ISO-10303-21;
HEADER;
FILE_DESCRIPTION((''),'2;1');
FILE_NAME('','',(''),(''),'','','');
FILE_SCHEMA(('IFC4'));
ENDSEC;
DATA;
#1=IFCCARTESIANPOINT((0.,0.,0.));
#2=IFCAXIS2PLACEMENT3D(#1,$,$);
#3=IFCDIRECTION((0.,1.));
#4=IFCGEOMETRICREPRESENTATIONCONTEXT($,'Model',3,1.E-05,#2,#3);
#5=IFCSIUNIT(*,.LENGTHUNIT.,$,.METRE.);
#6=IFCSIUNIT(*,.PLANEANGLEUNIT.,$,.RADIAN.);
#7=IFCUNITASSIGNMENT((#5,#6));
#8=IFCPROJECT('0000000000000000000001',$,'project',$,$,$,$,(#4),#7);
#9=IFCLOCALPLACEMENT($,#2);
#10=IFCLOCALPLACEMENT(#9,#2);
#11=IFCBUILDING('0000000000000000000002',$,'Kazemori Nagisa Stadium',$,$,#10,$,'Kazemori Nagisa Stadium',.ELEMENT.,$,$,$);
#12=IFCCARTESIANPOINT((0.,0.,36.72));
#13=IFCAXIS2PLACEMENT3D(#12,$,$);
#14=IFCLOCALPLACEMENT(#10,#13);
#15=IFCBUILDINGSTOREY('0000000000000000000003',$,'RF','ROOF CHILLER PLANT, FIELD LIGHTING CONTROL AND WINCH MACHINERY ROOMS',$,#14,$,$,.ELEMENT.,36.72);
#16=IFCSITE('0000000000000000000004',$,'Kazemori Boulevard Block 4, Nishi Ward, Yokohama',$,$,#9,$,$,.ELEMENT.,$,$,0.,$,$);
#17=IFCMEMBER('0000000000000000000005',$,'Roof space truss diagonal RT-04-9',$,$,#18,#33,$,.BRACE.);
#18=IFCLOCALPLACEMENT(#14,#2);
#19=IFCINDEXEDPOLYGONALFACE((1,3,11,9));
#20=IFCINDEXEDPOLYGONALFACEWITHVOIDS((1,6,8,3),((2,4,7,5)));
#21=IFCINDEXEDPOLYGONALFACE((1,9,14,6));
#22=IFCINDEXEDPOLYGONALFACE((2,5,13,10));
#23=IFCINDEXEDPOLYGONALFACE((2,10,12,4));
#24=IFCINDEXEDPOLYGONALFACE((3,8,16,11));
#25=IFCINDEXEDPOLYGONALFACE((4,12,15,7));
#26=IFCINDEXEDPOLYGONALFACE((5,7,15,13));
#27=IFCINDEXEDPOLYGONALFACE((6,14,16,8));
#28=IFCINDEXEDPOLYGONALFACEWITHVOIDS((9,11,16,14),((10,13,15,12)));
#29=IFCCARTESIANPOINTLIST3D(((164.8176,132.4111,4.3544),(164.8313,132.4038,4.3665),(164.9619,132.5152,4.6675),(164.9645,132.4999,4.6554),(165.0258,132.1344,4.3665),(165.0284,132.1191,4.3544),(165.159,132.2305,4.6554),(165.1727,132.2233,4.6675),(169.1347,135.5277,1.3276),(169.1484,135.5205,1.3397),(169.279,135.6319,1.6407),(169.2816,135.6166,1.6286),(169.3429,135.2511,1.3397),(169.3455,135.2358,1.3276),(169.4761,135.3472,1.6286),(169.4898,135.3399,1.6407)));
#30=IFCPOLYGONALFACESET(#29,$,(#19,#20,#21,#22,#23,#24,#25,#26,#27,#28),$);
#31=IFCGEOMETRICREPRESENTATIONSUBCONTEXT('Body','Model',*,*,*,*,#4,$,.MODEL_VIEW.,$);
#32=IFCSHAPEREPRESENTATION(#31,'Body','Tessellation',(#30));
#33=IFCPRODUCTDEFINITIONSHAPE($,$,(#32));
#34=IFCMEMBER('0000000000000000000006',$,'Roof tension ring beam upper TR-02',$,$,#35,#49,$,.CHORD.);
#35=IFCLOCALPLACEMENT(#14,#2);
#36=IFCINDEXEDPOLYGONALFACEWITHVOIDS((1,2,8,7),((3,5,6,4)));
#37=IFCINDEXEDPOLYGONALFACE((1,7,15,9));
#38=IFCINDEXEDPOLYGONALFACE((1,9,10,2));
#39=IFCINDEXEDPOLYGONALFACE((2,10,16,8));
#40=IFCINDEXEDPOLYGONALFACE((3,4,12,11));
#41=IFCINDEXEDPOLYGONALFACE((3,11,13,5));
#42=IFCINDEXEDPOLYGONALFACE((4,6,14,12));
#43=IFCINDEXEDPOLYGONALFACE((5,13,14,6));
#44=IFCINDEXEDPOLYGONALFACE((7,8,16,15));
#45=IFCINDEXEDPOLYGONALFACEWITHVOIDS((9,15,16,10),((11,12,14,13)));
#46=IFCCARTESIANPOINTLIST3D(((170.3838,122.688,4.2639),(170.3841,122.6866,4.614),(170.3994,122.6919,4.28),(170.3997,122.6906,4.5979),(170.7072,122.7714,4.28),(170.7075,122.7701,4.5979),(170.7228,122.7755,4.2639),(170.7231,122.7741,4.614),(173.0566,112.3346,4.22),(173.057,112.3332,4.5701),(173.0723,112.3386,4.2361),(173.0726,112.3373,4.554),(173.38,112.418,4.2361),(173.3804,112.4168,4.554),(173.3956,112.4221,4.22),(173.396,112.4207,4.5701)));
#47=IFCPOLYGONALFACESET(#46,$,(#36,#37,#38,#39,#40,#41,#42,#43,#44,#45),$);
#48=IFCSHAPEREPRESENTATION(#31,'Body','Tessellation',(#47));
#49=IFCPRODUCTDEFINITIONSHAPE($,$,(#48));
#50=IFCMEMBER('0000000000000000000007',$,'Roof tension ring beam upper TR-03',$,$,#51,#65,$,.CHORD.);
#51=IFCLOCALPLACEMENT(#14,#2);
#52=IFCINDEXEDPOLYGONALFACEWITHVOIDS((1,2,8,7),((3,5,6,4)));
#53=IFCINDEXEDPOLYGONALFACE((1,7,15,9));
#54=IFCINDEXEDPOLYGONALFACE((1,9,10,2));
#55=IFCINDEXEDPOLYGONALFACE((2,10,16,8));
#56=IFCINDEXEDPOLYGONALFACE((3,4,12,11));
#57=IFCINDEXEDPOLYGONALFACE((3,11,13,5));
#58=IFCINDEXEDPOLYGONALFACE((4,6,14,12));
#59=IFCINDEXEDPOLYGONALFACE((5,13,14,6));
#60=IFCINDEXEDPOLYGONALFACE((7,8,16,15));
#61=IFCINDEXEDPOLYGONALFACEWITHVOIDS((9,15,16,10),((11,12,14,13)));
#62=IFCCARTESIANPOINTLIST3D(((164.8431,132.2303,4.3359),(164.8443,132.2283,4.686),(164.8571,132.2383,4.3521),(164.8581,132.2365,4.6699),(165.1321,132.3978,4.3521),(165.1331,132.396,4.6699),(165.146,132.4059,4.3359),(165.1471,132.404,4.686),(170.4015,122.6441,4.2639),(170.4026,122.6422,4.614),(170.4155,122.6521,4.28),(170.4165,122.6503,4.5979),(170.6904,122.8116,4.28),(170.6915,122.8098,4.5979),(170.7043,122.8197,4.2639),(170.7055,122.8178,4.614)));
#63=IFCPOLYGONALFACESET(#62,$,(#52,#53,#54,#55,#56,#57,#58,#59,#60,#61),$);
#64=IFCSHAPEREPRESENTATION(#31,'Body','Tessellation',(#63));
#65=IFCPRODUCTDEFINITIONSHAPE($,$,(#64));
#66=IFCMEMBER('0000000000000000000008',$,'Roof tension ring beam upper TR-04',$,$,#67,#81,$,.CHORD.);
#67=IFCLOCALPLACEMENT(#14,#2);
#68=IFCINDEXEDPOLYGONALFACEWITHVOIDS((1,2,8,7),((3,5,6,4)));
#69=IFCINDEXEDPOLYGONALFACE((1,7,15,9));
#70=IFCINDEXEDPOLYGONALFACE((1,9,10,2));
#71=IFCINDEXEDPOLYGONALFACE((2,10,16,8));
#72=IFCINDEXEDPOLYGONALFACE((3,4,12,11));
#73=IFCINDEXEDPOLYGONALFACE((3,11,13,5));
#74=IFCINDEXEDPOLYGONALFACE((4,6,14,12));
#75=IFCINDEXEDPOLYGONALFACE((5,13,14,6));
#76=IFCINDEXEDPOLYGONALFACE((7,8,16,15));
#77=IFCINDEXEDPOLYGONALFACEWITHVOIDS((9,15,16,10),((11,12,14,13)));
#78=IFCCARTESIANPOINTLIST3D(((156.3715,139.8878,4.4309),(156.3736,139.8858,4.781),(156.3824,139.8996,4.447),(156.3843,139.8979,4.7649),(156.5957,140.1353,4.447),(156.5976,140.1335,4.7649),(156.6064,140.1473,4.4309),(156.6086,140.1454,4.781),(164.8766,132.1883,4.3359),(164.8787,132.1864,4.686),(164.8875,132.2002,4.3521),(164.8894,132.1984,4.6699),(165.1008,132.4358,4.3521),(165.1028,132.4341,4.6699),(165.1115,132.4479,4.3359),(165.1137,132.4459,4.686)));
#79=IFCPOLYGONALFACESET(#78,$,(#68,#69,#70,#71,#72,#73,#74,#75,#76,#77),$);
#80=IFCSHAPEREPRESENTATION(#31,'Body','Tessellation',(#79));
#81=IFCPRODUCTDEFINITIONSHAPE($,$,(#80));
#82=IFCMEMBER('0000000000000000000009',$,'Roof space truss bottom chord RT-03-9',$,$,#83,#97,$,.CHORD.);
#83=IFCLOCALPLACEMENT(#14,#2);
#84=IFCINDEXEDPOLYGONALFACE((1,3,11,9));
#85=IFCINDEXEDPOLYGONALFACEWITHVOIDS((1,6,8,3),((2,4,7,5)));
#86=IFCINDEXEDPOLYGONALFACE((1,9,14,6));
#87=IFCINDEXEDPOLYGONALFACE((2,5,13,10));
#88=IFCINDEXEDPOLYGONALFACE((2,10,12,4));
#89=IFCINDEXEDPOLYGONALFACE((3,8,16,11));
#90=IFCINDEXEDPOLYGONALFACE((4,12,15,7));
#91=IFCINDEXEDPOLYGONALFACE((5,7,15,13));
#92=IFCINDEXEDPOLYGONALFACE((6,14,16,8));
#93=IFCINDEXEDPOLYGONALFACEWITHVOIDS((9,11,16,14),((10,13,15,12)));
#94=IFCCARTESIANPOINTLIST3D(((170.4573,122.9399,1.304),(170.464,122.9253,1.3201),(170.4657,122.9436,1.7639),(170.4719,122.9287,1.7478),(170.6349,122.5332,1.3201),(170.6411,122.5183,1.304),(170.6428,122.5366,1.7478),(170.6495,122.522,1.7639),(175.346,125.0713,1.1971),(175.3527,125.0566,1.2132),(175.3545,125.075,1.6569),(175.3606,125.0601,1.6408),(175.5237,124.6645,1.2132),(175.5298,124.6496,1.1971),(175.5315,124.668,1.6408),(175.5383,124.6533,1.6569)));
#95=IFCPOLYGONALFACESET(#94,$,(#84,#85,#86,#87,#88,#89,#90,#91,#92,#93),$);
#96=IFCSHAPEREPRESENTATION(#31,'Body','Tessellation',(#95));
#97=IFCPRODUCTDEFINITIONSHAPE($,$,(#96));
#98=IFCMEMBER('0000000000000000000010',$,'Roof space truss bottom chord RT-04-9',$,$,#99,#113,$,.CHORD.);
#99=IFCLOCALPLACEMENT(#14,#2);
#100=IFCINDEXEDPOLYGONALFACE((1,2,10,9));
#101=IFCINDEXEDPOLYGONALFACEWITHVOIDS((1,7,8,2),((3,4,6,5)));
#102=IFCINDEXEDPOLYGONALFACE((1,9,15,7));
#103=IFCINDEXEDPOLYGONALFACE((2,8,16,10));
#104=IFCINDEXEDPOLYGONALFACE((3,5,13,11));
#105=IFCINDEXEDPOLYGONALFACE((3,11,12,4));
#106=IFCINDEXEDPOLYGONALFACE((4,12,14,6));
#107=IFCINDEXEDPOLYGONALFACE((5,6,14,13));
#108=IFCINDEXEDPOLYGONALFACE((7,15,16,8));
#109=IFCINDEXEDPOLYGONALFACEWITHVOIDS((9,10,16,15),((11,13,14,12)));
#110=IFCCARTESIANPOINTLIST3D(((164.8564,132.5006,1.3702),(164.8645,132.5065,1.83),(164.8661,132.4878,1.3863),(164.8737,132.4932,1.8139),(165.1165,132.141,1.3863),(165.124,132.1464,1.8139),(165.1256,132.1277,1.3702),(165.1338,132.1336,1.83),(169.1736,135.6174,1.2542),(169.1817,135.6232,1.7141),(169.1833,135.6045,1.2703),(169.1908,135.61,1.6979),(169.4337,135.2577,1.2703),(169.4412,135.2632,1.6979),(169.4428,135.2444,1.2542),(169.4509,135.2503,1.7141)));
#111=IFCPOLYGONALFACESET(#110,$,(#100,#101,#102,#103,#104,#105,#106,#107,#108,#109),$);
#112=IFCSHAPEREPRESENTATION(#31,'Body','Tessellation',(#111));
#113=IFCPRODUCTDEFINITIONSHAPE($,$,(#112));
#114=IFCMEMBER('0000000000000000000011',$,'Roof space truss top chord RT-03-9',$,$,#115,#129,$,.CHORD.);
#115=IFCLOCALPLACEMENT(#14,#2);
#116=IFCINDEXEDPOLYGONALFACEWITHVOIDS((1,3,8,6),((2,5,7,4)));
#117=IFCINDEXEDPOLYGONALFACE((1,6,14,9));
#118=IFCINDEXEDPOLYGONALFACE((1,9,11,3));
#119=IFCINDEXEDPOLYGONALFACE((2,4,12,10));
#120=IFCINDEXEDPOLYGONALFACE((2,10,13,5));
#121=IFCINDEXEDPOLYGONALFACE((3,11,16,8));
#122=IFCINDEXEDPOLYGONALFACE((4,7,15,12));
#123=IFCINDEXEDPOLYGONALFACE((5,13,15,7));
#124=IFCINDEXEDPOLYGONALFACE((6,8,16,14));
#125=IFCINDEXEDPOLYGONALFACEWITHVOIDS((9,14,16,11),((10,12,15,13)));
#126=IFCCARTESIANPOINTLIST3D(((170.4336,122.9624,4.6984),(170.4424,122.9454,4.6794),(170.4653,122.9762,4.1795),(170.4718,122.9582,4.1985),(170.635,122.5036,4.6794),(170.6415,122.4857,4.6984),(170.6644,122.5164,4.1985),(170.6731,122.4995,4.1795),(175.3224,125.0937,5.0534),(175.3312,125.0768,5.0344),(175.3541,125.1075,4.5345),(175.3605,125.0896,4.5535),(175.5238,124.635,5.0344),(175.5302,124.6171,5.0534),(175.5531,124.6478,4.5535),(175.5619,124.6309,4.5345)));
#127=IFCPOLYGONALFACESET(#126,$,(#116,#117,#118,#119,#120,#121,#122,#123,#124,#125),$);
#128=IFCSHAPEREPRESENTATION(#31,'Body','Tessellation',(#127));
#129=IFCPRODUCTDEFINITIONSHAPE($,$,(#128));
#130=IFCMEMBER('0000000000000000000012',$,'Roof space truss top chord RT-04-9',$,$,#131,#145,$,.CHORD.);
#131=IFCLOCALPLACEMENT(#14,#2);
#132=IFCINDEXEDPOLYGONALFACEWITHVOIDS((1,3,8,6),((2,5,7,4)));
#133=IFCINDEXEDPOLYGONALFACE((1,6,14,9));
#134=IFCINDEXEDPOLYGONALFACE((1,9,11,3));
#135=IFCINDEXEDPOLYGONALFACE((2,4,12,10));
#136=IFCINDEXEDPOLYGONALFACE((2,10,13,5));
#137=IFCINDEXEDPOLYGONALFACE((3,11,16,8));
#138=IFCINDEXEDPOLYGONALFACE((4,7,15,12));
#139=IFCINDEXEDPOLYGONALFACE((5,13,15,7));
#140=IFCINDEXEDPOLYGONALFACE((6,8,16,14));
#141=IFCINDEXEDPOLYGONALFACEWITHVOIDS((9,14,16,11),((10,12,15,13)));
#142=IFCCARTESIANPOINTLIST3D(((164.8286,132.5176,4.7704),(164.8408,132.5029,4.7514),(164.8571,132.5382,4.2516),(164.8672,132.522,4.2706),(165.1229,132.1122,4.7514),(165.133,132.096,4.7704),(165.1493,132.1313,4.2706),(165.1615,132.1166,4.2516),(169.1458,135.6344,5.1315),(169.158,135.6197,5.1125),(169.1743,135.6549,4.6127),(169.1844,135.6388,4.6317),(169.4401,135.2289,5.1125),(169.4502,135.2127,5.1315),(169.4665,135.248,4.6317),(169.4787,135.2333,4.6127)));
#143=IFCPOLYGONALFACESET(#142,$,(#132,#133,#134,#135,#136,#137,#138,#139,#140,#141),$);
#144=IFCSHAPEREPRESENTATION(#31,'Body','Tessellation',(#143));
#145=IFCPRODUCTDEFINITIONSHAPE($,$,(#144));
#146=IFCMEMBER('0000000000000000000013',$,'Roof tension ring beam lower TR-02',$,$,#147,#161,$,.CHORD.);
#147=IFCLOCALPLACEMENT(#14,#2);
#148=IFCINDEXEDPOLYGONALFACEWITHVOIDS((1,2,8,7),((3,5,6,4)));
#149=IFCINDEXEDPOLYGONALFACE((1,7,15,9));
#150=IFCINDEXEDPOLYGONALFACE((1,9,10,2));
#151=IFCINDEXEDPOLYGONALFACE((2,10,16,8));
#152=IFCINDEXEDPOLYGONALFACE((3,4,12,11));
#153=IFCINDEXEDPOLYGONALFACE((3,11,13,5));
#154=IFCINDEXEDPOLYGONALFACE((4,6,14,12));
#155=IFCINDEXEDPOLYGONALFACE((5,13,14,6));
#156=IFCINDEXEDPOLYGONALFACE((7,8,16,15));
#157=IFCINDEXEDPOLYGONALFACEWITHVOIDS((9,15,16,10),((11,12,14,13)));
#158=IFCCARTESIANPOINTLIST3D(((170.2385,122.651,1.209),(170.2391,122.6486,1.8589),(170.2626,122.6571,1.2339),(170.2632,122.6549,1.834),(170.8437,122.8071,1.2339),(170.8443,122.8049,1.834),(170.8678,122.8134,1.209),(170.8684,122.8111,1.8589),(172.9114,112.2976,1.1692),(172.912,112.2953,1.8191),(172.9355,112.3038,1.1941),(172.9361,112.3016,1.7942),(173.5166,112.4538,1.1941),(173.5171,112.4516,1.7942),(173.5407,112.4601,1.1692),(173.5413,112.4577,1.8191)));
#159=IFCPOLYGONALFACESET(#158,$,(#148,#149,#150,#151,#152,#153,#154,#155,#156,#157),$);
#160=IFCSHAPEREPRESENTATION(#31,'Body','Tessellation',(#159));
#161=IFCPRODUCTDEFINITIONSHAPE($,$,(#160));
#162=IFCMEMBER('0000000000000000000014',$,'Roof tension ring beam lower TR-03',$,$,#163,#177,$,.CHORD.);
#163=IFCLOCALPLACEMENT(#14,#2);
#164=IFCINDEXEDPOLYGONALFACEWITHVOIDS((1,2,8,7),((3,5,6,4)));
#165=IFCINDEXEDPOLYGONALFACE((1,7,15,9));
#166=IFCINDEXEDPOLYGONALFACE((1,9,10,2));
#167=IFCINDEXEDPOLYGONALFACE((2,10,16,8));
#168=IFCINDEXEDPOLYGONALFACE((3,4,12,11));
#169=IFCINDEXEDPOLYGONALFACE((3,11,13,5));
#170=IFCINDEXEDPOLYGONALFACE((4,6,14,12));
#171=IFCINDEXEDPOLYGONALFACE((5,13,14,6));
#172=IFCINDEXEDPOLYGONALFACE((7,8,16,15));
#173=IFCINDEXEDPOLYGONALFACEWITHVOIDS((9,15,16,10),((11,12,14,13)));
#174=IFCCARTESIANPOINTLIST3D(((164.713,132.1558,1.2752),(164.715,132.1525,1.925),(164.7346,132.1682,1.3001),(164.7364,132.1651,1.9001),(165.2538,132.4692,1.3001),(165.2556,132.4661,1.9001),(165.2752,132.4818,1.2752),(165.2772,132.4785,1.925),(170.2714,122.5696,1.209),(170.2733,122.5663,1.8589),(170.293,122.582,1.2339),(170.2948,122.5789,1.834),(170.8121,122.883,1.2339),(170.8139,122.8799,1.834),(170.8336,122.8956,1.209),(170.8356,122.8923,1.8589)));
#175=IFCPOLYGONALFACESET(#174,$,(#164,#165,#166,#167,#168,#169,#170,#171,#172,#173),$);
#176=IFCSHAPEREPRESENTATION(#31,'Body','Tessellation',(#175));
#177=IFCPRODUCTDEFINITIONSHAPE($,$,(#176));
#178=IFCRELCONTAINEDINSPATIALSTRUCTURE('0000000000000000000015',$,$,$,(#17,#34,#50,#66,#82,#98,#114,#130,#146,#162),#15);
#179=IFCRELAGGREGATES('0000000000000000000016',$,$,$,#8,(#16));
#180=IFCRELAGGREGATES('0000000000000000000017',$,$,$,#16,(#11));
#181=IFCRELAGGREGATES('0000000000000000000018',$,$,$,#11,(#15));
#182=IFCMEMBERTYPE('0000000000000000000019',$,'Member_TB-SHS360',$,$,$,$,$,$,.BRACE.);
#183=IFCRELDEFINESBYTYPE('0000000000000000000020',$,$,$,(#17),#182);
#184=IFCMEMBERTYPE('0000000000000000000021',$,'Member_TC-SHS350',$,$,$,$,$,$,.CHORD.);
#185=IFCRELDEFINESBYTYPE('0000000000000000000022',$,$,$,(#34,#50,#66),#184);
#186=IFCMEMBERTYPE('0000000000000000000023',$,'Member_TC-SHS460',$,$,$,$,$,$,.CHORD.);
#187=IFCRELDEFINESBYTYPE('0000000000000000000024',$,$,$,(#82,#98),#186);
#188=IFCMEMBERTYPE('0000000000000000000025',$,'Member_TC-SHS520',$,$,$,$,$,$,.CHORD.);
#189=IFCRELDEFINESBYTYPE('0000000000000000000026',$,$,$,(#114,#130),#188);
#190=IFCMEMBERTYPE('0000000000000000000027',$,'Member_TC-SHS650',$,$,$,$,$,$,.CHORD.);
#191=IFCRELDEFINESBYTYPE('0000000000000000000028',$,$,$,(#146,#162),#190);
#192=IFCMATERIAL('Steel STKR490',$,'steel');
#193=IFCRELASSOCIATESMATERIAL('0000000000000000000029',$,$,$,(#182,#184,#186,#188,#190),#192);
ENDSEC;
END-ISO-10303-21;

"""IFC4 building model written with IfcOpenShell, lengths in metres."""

from ifc_helpers import new_model, si_unit, direction, frame, origin, origin_2d, place, context, subcontext, project, spatial, hollow_rectangle, extrude, material, material_profile, profile_set, type_object, element, save


model = new_model("IFC4")

# Units and contexts
model_context = context("Model", 3, precision=1e-05, world=origin(), true_north=direction((0.0, 1.0)))
body_context = subcontext(model_context, "Body", "Model", "MODEL_VIEW")
ifc_project = project(units=[si_unit("LENGTHUNIT", "METRE"), si_unit("PLANEANGLEUNIT", "RADIAN")], contexts=[model_context])

# Site, building, storey
site_placement = place(None, origin())
site = spatial("IfcSite", under=ifc_project, at=site_placement, Name="Kazemori Boulevard Block 4, Nishi Ward, Yokohama", CompositionType="ELEMENT", RefElevation=0.0)
building_placement = place(site_placement, origin())
building = spatial("IfcBuilding", under=site, at=building_placement, Name="Kazemori Nagisa Stadium", LongName="Kazemori Nagisa Stadium", CompositionType="ELEMENT")
storey_placement = place(building_placement, frame((0.0, 0.0, 36.72)))
storey = spatial("IfcBuildingStorey", under=building, at=storey_placement, Name="RF", Description="ROOF CHILLER PLANT, FIELD LIGHTING CONTROL AND WINCH MACHINERY ROOMS", CompositionType="ELEMENT", Elevation=36.72)

# Members
ifc_material = material(Name="Steel STKR490", Category="steel")
ifc_material_profile_1 = material_profile(ifc_material, hollow_rectangle(XDim=0.3601, YDim=0.3601, WallThickness=0.0139, at=origin_2d()), Name="SHS-360x360x14")
ifc_profile_set_1 = profile_set([ifc_material_profile_1], Name="Steel STKR490")
member_type_1 = type_object("IfcMemberType", Name="Member_TB-SHS360", PredefinedType="BRACE", material=ifc_profile_set_1)
for number, where, z_axis, x_axis, name in (
    (1, (169.3123, 135.4338, 1.4841), (-0.70486, -0.508864, 0.494195), (0.585338, -0.810789, 0.0), "Roof space truss diagonal RT-04-9"),
):
    element("IfcMember", number, at=place(storey_placement, frame(where, z_axis=z_axis, x_axis=x_axis)), inside=storey, type_object=member_type_1, Name=name, PredefinedType="BRACE", context=body_context, shape_type="SweptSolid", body=[
        extrude(hollow_rectangle(XDim=0.3601, YDim=0.3601, WallThickness=0.0139, at=origin_2d()), origin(), (0.0, 0.0, 1.0), 6.1248),
    ])
ifc_material_profile_2 = material_profile(ifc_material, hollow_rectangle(XDim=0.3501, YDim=0.3501, WallThickness=0.0161, at=origin_2d()), Name="SHS-350x350x16")
ifc_profile_set_2 = profile_set([ifc_material_profile_2], Name="Steel STKR490")
member_type_2 = type_object("IfcMemberType", Name="Member_TC-SHS350", PredefinedType="CHORD", material=ifc_profile_set_2)
member_1_placement = place(storey_placement, frame((173.2263, 112.3777, 4.395), z_axis=(-0.249967, 0.968246, 0.00411), x_axis=(-0.968254, -0.249969, 0.0)))
element("IfcMember", 2, at=member_1_placement, inside=storey, type_object=member_type_2, Name="Roof tension ring beam upper TR-02", PredefinedType="CHORD", context=body_context, shape_type="SweptSolid", body=[
    extrude(hollow_rectangle(XDim=0.3501, YDim=0.3501, WallThickness=0.0161, at=origin_2d()), origin(), (0.0, 0.0, 1.0), 10.6929),
])
member_2_placement = place(storey_placement, frame((170.5535, 122.731, 4.439), z_axis=(-0.501597, 0.865077, 0.006499), x_axis=(-0.865095, -0.501608, 0.0)))
element("IfcMember", 3, at=member_2_placement, inside=storey, type_object=member_type_2, Name="Roof tension ring beam upper TR-03", PredefinedType="CHORD", context=body_context, shape_type="SweptSolid", body=[
    extrude(hollow_rectangle(XDim=0.3501, YDim=0.3501, WallThickness=0.0161, at=origin_2d()), origin(), (0.0, 0.0, 1.0), 11.0813),
])
member_3_placement = place(storey_placement, frame((164.9951, 132.3171, 4.511), z_axis=(-0.741322, 0.671099, 0.008278), x_axis=(-0.671122, -0.741347, 0.0)))
element("IfcMember", 4, at=member_3_placement, inside=storey, type_object=member_type_2, Name="Roof tension ring beam upper TR-04", PredefinedType="CHORD", context=body_context, shape_type="SweptSolid", body=[
    extrude(hollow_rectangle(XDim=0.3501, YDim=0.3501, WallThickness=0.0161, at=origin_2d()), origin(), (0.0, 0.0, 1.0), 11.4729),
])
ifc_material_profile_3 = material_profile(ifc_material, hollow_rectangle(XDim=0.46, YDim=0.46, WallThickness=0.0161, at=origin_2d()), Name="SHS-460x460x16")
ifc_profile_set_3 = profile_set([ifc_material_profile_3], Name="Steel STKR490")
member_type_3 = type_object("IfcMemberType", Name="Member_TC-SHS460", PredefinedType="CHORD", material=ifc_profile_set_3)
member_4_placement = place(storey_placement, frame((175.4421, 124.8623, 1.427), z_axis=(-0.916485, -0.399566, 0.020047), x_axis=(0.399647, -0.916669, 0.0)))
element("IfcMember", 5, at=member_4_placement, inside=storey, type_object=member_type_3, Name="Roof space truss bottom chord RT-03-9", PredefinedType="CHORD", context=body_context, shape_type="SweptSolid", body=[
    extrude(hollow_rectangle(XDim=0.46, YDim=0.46, WallThickness=0.0161, at=origin_2d()), origin(), (0.0, 0.0, 1.0), 5.3342),
])
member_5_placement = place(storey_placement, frame((169.3123, 135.4338, 1.4841), z_axis=(-0.810597, -0.585199, 0.021774), x_axis=(0.585338, -0.810789, 0.0)))
element("IfcMember", 6, at=member_5_placement, inside=storey, type_object=member_type_3, Name="Roof space truss bottom chord RT-04-9", PredefinedType="CHORD", context=body_context, shape_type="SweptSolid", body=[
    extrude(hollow_rectangle(XDim=0.46, YDim=0.46, WallThickness=0.0161, at=origin_2d()), origin(), (0.0, 0.0, 1.0), 5.3259),
])
ifc_material_profile_4 = material_profile(ifc_material, hollow_rectangle(XDim=0.52, YDim=0.52, WallThickness=0.019, at=origin_2d()), Name="SHS-520x520x19")
ifc_profile_set_4 = profile_set([ifc_material_profile_4], Name="Steel STKR490")
member_type_4 = type_object("IfcMemberType", Name="Member_TC-SHS520", PredefinedType="CHORD", material=ifc_profile_set_4)
member_6_placement = place(storey_placement, frame((175.4421, 124.8623, 4.7939), z_axis=(-0.914645, -0.398764, -0.066415), x_axis=(0.399647, -0.916669, 0.0)))
element("IfcMember", 7, at=member_6_placement, inside=storey, type_object=member_type_4, Name="Roof space truss top chord RT-03-9", PredefinedType="CHORD", context=body_context, shape_type="SweptSolid", body=[
    extrude(hollow_rectangle(XDim=0.52, YDim=0.52, WallThickness=0.019, at=origin_2d()), origin(), (0.0, 0.0, 1.0), 5.345),
])
member_7_placement = place(storey_placement, frame((169.3123, 135.4338, 4.8721), z_axis=(-0.808931, -0.583997, -0.067659), x_axis=(0.585338, -0.810789, 0.0)))
element("IfcMember", 8, at=member_7_placement, inside=storey, type_object=member_type_4, Name="Roof space truss top chord RT-04-9", PredefinedType="CHORD", context=body_context, shape_type="SweptSolid", body=[
    extrude(hollow_rectangle(XDim=0.52, YDim=0.52, WallThickness=0.019, at=origin_2d()), origin(), (0.0, 0.0, 1.0), 5.3369),
])
ifc_material_profile_5 = material_profile(ifc_material, hollow_rectangle(XDim=0.6499, YDim=0.6499, WallThickness=0.0249, at=origin_2d()), Name="SHS-650x650x25")
ifc_profile_set_5 = profile_set([ifc_material_profile_5], Name="Steel STKR490")
member_type_5 = type_object("IfcMemberType", Name="Member_TC-SHS650", PredefinedType="CHORD", material=ifc_profile_set_5)
member_8_placement = place(storey_placement, frame((173.2263, 112.3777, 1.4941), z_axis=(-0.249967, 0.968247, 0.003722), x_axis=(-0.968254, -0.249969, 0.0)))
element("IfcMember", 9, at=member_8_placement, inside=storey, type_object=member_type_5, Name="Roof tension ring beam lower TR-02", PredefinedType="CHORD", context=body_context, shape_type="SweptSolid", body=[
    extrude(hollow_rectangle(XDim=0.6499, YDim=0.6499, WallThickness=0.0249, at=origin_2d()), origin(), (0.0, 0.0, 1.0), 10.6929),
])
member_9_placement = place(storey_placement, frame((170.5535, 122.731, 1.5339), z_axis=(-0.501599, 0.86508, 0.005971), x_axis=(-0.865095, -0.501608, 0.0)))
element("IfcMember", 10, at=member_9_placement, inside=storey, type_object=member_type_5, Name="Roof tension ring beam lower TR-03", PredefinedType="CHORD", context=body_context, shape_type="SweptSolid", body=[
    extrude(hollow_rectangle(XDim=0.6499, YDim=0.6499, WallThickness=0.0249, at=origin_2d()), origin(), (0.0, 0.0, 1.0), 11.0813),
])

save(model, "model.ifc")
